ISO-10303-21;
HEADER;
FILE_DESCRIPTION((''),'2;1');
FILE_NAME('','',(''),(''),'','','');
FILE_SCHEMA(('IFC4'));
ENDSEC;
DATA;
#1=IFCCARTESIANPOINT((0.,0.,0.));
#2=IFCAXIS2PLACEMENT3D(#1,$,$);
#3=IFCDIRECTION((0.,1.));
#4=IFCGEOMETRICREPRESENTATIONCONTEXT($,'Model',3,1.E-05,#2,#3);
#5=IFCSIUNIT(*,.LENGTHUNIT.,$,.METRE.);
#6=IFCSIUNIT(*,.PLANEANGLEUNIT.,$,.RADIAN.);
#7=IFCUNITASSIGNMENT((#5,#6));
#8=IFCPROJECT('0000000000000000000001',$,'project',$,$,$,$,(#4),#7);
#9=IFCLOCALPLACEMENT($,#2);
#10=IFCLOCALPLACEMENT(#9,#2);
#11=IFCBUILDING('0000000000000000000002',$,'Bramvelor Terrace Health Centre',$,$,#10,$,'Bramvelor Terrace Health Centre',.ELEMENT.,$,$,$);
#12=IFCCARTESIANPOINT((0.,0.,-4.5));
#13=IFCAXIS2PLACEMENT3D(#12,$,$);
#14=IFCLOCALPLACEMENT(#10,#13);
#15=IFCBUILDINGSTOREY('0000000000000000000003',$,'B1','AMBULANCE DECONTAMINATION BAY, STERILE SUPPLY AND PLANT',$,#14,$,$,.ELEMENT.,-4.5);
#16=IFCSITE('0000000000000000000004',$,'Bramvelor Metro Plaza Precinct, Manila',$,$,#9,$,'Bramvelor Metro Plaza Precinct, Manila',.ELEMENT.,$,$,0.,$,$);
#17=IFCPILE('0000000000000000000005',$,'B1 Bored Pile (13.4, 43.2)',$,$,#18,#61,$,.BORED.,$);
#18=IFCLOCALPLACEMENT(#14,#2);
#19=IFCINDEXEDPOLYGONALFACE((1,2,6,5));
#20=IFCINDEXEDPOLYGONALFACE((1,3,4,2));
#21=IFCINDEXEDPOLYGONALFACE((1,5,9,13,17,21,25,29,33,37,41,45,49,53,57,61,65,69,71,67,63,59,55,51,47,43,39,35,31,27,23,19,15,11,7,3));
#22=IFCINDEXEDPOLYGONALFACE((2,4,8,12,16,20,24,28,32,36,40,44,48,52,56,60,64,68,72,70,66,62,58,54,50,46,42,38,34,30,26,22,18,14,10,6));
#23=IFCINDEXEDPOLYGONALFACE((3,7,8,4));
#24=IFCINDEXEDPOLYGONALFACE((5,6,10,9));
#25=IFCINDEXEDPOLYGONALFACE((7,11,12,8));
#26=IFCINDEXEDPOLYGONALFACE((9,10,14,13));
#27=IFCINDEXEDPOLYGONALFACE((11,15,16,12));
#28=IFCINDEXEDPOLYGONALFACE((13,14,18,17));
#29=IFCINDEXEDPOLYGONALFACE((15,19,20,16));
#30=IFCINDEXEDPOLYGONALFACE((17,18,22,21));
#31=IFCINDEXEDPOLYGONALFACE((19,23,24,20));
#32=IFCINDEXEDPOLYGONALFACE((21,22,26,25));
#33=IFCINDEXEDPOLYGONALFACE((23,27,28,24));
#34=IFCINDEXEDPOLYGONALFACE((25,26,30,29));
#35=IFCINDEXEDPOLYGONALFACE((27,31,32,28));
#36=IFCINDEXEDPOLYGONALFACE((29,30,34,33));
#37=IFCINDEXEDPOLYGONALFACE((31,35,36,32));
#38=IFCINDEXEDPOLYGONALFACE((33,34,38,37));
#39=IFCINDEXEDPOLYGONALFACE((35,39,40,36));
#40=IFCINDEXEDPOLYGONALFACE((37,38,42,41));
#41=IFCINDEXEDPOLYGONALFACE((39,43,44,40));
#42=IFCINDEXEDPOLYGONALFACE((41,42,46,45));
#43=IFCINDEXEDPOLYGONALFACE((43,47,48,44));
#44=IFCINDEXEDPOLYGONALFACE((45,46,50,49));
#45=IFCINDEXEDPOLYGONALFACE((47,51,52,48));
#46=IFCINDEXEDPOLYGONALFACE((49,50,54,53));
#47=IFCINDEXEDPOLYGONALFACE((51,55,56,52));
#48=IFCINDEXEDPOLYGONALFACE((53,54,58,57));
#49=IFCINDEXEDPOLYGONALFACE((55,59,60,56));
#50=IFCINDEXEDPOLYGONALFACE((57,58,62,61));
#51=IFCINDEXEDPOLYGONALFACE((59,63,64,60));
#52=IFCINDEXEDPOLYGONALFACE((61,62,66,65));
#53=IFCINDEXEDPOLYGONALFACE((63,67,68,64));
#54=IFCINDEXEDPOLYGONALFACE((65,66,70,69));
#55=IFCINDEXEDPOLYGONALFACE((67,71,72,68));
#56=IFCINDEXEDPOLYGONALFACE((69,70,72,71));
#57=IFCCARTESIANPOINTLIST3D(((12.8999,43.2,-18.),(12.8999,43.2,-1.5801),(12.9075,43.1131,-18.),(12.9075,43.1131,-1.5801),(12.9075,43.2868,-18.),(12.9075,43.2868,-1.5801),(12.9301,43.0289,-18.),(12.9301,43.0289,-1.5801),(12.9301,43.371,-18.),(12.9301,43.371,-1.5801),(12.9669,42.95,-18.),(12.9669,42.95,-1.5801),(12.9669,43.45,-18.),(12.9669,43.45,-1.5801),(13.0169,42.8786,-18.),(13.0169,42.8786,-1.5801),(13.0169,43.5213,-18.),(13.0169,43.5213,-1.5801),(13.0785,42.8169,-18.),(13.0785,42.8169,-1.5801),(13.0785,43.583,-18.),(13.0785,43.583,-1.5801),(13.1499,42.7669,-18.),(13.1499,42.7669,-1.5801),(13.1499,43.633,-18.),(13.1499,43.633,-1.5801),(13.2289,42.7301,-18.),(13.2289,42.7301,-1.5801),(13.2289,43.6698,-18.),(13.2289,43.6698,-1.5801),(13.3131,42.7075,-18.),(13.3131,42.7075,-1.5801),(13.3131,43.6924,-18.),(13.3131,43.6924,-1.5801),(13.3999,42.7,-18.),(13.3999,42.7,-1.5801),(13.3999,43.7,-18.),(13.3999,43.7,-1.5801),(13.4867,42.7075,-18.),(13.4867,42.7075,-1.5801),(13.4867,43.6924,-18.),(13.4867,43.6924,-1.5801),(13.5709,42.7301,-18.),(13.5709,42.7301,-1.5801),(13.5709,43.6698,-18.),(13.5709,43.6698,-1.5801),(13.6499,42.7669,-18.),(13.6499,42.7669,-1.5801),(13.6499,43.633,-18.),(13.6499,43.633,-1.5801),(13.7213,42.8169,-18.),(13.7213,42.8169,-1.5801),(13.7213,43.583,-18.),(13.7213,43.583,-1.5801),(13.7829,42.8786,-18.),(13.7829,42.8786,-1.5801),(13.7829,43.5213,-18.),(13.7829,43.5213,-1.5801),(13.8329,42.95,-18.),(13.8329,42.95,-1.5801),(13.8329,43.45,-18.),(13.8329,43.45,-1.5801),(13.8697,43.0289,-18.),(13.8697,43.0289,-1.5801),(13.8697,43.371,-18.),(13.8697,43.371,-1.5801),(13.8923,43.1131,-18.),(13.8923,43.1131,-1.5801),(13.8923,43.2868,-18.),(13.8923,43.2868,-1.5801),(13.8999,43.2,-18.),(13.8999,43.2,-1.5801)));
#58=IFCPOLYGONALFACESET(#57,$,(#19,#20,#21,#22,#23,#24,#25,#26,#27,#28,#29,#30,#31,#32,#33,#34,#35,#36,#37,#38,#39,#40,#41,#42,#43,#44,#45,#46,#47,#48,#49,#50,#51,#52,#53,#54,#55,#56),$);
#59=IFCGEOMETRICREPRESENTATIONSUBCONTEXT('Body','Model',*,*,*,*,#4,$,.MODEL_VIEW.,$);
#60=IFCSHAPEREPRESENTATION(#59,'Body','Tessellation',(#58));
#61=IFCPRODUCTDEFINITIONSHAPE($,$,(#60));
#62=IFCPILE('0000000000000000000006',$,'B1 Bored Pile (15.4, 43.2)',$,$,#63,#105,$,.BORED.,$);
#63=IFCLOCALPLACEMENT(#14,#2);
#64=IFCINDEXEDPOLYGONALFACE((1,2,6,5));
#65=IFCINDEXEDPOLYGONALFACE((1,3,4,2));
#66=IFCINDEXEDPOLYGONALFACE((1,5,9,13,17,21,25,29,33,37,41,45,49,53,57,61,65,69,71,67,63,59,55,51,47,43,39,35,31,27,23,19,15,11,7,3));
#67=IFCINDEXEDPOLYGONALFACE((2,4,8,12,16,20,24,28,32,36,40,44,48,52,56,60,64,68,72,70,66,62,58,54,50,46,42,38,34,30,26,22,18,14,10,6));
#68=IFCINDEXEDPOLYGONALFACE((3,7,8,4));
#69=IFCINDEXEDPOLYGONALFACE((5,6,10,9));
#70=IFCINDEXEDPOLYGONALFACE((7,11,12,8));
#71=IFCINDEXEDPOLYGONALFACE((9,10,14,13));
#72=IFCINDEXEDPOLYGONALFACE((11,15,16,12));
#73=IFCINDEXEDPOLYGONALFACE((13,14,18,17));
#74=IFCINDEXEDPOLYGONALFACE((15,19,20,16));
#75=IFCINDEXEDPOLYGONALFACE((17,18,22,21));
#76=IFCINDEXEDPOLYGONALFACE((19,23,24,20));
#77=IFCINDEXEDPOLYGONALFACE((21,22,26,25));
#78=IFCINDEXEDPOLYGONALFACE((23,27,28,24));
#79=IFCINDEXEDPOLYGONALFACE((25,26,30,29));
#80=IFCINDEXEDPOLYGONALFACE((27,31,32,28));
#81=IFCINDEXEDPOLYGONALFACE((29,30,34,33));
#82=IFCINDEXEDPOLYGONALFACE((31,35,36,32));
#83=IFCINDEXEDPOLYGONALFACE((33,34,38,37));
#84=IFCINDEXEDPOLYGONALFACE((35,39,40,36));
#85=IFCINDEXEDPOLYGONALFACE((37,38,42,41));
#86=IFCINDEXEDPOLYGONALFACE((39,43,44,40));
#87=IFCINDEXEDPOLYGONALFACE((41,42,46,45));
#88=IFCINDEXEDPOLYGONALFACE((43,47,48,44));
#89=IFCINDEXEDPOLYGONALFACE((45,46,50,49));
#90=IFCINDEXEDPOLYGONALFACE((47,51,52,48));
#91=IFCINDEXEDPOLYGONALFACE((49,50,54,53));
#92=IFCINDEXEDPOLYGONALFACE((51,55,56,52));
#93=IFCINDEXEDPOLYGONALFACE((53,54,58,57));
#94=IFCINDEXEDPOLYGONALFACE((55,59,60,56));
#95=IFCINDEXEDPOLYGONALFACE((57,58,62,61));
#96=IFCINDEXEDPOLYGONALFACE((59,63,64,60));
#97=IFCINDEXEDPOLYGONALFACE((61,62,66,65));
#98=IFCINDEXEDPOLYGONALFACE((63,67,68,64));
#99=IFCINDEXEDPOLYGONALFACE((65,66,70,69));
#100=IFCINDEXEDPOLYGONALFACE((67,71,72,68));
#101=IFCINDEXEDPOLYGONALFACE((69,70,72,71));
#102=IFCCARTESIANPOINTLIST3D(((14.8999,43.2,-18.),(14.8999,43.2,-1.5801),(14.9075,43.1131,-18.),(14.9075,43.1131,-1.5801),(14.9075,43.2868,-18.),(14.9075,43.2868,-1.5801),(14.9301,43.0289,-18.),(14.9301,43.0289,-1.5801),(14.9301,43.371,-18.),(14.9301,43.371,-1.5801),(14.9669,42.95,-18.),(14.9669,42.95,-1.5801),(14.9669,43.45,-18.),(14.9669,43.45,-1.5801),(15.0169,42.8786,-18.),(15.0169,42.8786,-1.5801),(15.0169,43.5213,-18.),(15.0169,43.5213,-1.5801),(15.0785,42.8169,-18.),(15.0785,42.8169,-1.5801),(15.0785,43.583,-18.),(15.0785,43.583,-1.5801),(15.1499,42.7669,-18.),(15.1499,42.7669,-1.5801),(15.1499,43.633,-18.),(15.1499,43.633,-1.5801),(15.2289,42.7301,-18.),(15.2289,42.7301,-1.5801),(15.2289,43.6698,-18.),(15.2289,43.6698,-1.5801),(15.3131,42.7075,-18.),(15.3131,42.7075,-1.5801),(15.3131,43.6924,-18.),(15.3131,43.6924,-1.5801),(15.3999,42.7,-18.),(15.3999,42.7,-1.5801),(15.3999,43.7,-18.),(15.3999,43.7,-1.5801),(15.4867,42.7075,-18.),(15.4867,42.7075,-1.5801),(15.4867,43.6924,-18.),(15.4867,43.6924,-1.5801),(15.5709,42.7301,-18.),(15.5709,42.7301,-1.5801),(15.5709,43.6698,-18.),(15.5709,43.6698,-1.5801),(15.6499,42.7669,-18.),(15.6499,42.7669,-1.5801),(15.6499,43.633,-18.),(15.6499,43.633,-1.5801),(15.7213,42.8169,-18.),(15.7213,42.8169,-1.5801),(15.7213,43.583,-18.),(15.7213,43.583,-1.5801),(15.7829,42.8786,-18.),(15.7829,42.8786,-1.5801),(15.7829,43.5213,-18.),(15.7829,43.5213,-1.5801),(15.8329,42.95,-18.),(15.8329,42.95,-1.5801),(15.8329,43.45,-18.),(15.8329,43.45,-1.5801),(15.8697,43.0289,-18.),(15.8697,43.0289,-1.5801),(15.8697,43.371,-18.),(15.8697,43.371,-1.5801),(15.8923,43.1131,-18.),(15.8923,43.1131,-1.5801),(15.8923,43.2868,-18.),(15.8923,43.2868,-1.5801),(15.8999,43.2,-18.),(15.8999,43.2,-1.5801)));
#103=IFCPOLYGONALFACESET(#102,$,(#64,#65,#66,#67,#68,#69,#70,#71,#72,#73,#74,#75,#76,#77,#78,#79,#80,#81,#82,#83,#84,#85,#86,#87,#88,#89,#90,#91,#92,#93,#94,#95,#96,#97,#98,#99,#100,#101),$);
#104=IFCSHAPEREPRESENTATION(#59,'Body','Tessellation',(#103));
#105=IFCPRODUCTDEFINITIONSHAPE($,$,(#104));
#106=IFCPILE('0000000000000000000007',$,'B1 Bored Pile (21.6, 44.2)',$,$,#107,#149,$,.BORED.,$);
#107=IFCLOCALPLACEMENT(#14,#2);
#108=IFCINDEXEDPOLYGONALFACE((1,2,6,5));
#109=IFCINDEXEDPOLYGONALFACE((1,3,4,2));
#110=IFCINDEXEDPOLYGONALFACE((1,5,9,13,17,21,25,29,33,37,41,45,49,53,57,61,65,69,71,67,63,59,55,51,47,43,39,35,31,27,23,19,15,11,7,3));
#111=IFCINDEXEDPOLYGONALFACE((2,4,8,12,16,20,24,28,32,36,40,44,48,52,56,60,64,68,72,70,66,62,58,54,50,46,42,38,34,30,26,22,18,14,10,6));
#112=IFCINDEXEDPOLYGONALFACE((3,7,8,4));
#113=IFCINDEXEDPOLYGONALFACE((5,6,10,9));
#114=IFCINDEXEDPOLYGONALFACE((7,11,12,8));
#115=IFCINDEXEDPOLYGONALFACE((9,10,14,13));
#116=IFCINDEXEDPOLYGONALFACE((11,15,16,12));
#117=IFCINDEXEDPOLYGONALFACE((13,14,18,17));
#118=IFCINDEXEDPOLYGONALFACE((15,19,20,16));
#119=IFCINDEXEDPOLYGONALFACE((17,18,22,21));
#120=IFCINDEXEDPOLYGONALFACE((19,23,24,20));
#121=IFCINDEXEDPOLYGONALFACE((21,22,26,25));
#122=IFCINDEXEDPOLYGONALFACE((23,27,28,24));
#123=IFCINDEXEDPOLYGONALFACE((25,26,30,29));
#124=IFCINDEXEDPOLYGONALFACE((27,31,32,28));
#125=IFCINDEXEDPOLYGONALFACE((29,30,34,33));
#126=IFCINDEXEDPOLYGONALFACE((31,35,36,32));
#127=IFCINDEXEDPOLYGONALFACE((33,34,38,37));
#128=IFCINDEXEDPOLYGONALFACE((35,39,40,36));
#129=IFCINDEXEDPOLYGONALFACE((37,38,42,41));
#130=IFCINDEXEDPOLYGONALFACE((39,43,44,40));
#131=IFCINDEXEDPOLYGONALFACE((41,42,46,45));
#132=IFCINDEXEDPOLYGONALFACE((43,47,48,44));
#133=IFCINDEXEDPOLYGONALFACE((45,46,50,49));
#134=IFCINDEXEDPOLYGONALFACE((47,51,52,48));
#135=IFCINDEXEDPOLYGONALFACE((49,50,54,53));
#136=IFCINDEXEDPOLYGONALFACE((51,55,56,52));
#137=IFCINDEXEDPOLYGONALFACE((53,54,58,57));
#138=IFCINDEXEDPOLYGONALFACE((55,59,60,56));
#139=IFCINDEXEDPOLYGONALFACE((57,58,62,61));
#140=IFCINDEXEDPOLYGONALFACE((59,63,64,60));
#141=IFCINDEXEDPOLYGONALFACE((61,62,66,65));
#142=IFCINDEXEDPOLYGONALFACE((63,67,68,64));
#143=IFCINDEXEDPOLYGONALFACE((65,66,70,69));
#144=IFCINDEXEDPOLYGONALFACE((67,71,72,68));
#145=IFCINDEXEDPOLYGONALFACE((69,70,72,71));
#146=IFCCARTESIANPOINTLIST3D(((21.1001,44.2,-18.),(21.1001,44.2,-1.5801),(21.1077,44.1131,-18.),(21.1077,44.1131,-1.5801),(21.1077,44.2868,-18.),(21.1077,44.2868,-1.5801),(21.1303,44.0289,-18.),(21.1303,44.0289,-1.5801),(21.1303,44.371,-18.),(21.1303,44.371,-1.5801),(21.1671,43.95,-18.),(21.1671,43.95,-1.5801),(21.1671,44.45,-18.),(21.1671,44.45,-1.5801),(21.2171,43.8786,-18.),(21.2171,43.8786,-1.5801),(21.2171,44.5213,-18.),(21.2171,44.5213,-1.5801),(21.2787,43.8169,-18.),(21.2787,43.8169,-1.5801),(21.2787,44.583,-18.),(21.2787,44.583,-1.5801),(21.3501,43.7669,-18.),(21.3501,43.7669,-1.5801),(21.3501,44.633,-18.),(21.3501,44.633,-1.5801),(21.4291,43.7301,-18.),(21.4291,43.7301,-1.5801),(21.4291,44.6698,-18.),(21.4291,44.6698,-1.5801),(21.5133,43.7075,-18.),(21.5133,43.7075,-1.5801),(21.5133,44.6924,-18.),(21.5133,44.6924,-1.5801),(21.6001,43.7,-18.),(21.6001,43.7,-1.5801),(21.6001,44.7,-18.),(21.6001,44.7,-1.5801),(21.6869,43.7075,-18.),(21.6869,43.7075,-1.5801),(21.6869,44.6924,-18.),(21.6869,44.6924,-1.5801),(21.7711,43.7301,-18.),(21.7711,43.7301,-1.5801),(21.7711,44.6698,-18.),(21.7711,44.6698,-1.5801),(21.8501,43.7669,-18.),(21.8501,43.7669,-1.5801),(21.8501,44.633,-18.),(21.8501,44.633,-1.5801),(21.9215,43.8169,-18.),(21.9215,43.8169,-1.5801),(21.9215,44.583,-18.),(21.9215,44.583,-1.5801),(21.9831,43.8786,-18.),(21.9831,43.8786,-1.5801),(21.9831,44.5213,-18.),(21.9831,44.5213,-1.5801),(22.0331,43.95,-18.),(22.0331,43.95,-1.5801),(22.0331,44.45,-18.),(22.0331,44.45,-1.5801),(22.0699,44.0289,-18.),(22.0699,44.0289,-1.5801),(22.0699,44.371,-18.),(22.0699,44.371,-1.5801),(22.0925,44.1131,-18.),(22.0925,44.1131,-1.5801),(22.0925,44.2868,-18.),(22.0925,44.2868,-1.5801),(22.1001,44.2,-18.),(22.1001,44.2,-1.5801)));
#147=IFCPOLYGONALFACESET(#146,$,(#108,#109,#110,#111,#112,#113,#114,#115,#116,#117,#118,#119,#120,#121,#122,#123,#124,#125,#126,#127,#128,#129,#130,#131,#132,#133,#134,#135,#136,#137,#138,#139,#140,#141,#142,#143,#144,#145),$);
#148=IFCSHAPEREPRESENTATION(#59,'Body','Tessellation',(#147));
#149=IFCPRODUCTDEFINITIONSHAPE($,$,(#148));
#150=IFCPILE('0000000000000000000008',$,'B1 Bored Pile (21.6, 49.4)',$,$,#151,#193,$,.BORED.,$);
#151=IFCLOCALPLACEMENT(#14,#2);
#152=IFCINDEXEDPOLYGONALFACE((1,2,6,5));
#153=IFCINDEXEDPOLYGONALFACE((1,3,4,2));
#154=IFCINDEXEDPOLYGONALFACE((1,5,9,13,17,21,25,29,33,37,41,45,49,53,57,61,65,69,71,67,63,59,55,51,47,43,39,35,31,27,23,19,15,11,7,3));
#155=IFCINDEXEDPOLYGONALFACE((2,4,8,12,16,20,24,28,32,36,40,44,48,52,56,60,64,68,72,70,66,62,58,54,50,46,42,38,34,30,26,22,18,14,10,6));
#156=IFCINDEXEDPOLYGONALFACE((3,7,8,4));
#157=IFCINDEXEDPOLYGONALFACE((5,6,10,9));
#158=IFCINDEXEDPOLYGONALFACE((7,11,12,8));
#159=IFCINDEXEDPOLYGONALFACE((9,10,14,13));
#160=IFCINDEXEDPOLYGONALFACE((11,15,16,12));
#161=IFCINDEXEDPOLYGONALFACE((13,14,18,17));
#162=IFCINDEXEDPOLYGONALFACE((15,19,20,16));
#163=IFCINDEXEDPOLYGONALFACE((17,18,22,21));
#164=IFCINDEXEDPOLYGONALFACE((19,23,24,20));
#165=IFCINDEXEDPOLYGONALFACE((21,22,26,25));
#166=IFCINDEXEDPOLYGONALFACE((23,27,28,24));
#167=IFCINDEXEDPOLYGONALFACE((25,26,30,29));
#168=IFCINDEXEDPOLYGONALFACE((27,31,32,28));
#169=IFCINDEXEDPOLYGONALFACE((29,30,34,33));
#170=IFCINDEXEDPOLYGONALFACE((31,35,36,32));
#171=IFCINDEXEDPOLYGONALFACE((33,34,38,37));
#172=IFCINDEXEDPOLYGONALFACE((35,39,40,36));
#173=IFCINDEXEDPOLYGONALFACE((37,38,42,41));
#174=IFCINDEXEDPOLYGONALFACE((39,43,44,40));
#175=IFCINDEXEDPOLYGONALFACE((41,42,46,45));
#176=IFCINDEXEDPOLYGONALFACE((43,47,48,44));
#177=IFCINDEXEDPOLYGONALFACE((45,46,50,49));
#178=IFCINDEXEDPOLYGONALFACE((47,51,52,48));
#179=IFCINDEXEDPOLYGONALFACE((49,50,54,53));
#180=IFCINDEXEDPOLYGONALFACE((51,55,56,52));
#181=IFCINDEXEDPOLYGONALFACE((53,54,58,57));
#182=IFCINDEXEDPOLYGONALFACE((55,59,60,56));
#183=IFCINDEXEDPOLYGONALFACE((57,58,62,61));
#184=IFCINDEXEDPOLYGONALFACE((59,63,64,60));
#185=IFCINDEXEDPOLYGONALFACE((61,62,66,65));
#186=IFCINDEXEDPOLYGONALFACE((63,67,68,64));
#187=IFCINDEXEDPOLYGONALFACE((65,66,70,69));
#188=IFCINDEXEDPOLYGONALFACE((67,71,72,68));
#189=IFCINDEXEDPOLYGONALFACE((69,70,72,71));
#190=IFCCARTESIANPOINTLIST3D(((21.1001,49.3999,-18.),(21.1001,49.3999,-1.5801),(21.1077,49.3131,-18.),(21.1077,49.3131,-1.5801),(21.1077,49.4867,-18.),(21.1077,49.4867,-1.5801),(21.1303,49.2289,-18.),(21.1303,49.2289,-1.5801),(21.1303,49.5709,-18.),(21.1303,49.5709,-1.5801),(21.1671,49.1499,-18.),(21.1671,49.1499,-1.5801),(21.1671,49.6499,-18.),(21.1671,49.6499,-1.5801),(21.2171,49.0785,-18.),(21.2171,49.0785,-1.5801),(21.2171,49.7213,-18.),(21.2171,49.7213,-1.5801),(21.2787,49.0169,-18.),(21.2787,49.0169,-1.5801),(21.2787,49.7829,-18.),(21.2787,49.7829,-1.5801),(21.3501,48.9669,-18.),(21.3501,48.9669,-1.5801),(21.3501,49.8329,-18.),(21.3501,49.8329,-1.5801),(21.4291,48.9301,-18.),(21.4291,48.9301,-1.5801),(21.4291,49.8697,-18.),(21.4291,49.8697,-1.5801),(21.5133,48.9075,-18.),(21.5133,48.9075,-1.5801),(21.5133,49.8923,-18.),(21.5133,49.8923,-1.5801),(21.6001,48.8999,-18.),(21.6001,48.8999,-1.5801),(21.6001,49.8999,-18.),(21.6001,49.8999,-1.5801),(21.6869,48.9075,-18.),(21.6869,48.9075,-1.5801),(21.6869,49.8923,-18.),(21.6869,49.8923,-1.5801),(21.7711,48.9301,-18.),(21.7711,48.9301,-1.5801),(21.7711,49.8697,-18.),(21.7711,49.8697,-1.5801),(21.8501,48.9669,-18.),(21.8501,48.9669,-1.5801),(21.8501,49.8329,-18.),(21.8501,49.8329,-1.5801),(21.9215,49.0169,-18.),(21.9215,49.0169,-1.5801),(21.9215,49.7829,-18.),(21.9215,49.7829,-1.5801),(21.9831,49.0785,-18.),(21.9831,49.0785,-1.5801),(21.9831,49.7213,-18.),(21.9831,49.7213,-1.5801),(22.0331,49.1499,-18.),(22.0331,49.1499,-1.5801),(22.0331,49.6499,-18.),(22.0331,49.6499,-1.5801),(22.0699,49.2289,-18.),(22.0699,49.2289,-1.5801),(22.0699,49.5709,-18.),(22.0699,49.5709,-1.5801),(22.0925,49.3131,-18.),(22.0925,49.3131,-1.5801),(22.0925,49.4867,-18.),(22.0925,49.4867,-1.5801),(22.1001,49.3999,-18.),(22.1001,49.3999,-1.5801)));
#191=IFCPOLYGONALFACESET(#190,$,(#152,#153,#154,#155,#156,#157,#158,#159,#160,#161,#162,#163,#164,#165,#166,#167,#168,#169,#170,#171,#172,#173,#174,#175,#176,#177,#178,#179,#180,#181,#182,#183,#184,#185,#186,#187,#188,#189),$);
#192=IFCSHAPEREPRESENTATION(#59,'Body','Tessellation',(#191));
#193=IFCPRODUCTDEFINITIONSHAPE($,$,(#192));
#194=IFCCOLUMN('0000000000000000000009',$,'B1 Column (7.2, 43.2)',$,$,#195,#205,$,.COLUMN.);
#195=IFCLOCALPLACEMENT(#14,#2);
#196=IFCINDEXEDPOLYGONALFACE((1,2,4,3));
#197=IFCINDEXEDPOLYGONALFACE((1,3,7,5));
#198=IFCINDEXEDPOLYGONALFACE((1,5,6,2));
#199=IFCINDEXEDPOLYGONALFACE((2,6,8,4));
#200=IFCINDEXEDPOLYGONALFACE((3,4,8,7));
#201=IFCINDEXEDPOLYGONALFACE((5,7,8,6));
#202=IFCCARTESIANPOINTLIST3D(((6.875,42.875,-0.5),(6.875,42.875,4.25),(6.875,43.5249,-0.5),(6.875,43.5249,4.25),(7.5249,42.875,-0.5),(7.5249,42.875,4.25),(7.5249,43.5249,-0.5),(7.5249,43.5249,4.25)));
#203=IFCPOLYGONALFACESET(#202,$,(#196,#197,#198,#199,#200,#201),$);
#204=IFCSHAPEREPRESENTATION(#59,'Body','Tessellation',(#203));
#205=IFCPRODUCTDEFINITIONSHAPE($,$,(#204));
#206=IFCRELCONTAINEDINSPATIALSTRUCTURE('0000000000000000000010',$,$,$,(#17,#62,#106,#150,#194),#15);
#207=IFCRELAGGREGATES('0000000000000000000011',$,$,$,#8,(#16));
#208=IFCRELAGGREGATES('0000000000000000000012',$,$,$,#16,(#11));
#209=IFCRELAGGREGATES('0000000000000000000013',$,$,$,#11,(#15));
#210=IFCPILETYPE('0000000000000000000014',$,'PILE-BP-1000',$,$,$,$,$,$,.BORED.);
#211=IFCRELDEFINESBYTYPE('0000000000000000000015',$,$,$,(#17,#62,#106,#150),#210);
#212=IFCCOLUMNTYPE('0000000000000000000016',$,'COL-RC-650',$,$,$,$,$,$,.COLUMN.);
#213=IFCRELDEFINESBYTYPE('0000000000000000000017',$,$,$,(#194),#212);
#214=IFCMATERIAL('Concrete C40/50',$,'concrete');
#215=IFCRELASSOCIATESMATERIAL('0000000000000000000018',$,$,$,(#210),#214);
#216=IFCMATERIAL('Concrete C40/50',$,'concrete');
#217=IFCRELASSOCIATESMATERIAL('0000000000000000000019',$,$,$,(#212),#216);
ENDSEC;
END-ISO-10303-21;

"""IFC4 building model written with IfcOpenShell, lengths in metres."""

from ifc_helpers import new_model, si_unit, direction, frame, origin, origin_2d, place, context, subcontext, project, spatial, rectangle, circle, extrude, material, material_profile, profile_set, type_object, element, save


model = new_model("IFC4")

# Units and contexts
model_context = context("Model", 3, precision=1e-05, world=origin(), true_north=direction((0.0, 1.0)))
body_context = subcontext(model_context, "Body", "Model", "MODEL_VIEW")
ifc_project = project(units=[si_unit("LENGTHUNIT", "METRE"), si_unit("PLANEANGLEUNIT", "RADIAN")], contexts=[model_context])

# Site, building, storey
site_placement = place(None, origin())
site = spatial("IfcSite", under=ifc_project, at=site_placement, Name="Bramvelor Metro Plaza Precinct, Manila", LongName="Bramvelor Metro Plaza Precinct, Manila", CompositionType="ELEMENT", RefElevation=0.0)
building_placement = place(site_placement, origin())
building = spatial("IfcBuilding", under=site, at=building_placement, Name="Bramvelor Terrace Health Centre", LongName="Bramvelor Terrace Health Centre", CompositionType="ELEMENT")
storey_placement = place(building_placement, frame((0.0, 0.0, -4.5)))
storey = spatial("IfcBuildingStorey", under=building, at=storey_placement, Name="B1", Description="AMBULANCE DECONTAMINATION BAY, STERILE SUPPLY AND PLANT", CompositionType="ELEMENT", Elevation=-4.5)

# Piles
ifc_material_1 = material(Name="Concrete C40/50", Category="concrete")
ifc_material_profile_1 = material_profile(ifc_material_1, circle(Radius=0.5, at=origin_2d()), Name="BP D1000")
ifc_profile_set_1 = profile_set([ifc_material_profile_1], Name="Concrete C40/50")
pile_type = type_object("IfcPileType", Name="PILE-BP-1000", PredefinedType="BORED", material=ifc_profile_set_1)
for number, where, z_axis, x_axis, name in (
    (1, (13.3999, 43.2, -1.5801), (0.0, 0.0, -1.0), (1.0, 0.0, 0.0), "B1 Bored Pile (13.4, 43.2)"),
    (2, (15.3999, 43.2, -1.5801), (0.0, 0.0, -1.0), (1.0, 0.0, 0.0), "B1 Bored Pile (15.4, 43.2)"),
    (3, (21.6001, 44.2, -1.5801), (0.0, 0.0, -1.0), (1.0, 0.0, 0.0), "B1 Bored Pile (21.6, 44.2)"),
    (4, (21.6001, 49.3999, -1.5801), (0.0, 0.0, -1.0), (1.0, 0.0, 0.0), "B1 Bored Pile (21.6, 49.4)"),
):
    element("IfcPile", number, at=place(storey_placement, frame(where, z_axis=z_axis, x_axis=x_axis)), inside=storey, type_object=pile_type, Name=name, PredefinedType="BORED", context=body_context, shape_type="SweptSolid", body=[
        extrude(circle(Radius=0.5, at=origin_2d()), origin(), (0.0, 0.0, 1.0), 16.4199),
    ])

# Column
ifc_material_2 = material(Name="Concrete C40/50", Category="concrete")
ifc_material_profile_2 = material_profile(ifc_material_2, rectangle(XDim=0.6499, YDim=0.6499, at=origin_2d()), Name="RC 650x650")
ifc_profile_set_2 = profile_set([ifc_material_profile_2], Name="Concrete C40/50")
column_type = type_object("IfcColumnType", Name="COL-RC-650", PredefinedType="COLUMN", material=ifc_profile_set_2)
for number, where, z_axis, x_axis, name in (
    (5, (7.2, 43.2, -0.5), (0.0, 0.0, 1.0), (1.0, 0.0, 0.0), "B1 Column (7.2, 43.2)"),
):
    element("IfcColumn", number, at=place(storey_placement, frame(where, z_axis=z_axis, x_axis=x_axis)), inside=storey, type_object=column_type, Name=name, PredefinedType="COLUMN", context=body_context, shape_type="SweptSolid", body=[
        extrude(rectangle(XDim=0.6499, YDim=0.6499, at=origin_2d()), origin(), (0.0, 0.0, 1.0), 4.75),
    ])

save(model, "model.ifc")
